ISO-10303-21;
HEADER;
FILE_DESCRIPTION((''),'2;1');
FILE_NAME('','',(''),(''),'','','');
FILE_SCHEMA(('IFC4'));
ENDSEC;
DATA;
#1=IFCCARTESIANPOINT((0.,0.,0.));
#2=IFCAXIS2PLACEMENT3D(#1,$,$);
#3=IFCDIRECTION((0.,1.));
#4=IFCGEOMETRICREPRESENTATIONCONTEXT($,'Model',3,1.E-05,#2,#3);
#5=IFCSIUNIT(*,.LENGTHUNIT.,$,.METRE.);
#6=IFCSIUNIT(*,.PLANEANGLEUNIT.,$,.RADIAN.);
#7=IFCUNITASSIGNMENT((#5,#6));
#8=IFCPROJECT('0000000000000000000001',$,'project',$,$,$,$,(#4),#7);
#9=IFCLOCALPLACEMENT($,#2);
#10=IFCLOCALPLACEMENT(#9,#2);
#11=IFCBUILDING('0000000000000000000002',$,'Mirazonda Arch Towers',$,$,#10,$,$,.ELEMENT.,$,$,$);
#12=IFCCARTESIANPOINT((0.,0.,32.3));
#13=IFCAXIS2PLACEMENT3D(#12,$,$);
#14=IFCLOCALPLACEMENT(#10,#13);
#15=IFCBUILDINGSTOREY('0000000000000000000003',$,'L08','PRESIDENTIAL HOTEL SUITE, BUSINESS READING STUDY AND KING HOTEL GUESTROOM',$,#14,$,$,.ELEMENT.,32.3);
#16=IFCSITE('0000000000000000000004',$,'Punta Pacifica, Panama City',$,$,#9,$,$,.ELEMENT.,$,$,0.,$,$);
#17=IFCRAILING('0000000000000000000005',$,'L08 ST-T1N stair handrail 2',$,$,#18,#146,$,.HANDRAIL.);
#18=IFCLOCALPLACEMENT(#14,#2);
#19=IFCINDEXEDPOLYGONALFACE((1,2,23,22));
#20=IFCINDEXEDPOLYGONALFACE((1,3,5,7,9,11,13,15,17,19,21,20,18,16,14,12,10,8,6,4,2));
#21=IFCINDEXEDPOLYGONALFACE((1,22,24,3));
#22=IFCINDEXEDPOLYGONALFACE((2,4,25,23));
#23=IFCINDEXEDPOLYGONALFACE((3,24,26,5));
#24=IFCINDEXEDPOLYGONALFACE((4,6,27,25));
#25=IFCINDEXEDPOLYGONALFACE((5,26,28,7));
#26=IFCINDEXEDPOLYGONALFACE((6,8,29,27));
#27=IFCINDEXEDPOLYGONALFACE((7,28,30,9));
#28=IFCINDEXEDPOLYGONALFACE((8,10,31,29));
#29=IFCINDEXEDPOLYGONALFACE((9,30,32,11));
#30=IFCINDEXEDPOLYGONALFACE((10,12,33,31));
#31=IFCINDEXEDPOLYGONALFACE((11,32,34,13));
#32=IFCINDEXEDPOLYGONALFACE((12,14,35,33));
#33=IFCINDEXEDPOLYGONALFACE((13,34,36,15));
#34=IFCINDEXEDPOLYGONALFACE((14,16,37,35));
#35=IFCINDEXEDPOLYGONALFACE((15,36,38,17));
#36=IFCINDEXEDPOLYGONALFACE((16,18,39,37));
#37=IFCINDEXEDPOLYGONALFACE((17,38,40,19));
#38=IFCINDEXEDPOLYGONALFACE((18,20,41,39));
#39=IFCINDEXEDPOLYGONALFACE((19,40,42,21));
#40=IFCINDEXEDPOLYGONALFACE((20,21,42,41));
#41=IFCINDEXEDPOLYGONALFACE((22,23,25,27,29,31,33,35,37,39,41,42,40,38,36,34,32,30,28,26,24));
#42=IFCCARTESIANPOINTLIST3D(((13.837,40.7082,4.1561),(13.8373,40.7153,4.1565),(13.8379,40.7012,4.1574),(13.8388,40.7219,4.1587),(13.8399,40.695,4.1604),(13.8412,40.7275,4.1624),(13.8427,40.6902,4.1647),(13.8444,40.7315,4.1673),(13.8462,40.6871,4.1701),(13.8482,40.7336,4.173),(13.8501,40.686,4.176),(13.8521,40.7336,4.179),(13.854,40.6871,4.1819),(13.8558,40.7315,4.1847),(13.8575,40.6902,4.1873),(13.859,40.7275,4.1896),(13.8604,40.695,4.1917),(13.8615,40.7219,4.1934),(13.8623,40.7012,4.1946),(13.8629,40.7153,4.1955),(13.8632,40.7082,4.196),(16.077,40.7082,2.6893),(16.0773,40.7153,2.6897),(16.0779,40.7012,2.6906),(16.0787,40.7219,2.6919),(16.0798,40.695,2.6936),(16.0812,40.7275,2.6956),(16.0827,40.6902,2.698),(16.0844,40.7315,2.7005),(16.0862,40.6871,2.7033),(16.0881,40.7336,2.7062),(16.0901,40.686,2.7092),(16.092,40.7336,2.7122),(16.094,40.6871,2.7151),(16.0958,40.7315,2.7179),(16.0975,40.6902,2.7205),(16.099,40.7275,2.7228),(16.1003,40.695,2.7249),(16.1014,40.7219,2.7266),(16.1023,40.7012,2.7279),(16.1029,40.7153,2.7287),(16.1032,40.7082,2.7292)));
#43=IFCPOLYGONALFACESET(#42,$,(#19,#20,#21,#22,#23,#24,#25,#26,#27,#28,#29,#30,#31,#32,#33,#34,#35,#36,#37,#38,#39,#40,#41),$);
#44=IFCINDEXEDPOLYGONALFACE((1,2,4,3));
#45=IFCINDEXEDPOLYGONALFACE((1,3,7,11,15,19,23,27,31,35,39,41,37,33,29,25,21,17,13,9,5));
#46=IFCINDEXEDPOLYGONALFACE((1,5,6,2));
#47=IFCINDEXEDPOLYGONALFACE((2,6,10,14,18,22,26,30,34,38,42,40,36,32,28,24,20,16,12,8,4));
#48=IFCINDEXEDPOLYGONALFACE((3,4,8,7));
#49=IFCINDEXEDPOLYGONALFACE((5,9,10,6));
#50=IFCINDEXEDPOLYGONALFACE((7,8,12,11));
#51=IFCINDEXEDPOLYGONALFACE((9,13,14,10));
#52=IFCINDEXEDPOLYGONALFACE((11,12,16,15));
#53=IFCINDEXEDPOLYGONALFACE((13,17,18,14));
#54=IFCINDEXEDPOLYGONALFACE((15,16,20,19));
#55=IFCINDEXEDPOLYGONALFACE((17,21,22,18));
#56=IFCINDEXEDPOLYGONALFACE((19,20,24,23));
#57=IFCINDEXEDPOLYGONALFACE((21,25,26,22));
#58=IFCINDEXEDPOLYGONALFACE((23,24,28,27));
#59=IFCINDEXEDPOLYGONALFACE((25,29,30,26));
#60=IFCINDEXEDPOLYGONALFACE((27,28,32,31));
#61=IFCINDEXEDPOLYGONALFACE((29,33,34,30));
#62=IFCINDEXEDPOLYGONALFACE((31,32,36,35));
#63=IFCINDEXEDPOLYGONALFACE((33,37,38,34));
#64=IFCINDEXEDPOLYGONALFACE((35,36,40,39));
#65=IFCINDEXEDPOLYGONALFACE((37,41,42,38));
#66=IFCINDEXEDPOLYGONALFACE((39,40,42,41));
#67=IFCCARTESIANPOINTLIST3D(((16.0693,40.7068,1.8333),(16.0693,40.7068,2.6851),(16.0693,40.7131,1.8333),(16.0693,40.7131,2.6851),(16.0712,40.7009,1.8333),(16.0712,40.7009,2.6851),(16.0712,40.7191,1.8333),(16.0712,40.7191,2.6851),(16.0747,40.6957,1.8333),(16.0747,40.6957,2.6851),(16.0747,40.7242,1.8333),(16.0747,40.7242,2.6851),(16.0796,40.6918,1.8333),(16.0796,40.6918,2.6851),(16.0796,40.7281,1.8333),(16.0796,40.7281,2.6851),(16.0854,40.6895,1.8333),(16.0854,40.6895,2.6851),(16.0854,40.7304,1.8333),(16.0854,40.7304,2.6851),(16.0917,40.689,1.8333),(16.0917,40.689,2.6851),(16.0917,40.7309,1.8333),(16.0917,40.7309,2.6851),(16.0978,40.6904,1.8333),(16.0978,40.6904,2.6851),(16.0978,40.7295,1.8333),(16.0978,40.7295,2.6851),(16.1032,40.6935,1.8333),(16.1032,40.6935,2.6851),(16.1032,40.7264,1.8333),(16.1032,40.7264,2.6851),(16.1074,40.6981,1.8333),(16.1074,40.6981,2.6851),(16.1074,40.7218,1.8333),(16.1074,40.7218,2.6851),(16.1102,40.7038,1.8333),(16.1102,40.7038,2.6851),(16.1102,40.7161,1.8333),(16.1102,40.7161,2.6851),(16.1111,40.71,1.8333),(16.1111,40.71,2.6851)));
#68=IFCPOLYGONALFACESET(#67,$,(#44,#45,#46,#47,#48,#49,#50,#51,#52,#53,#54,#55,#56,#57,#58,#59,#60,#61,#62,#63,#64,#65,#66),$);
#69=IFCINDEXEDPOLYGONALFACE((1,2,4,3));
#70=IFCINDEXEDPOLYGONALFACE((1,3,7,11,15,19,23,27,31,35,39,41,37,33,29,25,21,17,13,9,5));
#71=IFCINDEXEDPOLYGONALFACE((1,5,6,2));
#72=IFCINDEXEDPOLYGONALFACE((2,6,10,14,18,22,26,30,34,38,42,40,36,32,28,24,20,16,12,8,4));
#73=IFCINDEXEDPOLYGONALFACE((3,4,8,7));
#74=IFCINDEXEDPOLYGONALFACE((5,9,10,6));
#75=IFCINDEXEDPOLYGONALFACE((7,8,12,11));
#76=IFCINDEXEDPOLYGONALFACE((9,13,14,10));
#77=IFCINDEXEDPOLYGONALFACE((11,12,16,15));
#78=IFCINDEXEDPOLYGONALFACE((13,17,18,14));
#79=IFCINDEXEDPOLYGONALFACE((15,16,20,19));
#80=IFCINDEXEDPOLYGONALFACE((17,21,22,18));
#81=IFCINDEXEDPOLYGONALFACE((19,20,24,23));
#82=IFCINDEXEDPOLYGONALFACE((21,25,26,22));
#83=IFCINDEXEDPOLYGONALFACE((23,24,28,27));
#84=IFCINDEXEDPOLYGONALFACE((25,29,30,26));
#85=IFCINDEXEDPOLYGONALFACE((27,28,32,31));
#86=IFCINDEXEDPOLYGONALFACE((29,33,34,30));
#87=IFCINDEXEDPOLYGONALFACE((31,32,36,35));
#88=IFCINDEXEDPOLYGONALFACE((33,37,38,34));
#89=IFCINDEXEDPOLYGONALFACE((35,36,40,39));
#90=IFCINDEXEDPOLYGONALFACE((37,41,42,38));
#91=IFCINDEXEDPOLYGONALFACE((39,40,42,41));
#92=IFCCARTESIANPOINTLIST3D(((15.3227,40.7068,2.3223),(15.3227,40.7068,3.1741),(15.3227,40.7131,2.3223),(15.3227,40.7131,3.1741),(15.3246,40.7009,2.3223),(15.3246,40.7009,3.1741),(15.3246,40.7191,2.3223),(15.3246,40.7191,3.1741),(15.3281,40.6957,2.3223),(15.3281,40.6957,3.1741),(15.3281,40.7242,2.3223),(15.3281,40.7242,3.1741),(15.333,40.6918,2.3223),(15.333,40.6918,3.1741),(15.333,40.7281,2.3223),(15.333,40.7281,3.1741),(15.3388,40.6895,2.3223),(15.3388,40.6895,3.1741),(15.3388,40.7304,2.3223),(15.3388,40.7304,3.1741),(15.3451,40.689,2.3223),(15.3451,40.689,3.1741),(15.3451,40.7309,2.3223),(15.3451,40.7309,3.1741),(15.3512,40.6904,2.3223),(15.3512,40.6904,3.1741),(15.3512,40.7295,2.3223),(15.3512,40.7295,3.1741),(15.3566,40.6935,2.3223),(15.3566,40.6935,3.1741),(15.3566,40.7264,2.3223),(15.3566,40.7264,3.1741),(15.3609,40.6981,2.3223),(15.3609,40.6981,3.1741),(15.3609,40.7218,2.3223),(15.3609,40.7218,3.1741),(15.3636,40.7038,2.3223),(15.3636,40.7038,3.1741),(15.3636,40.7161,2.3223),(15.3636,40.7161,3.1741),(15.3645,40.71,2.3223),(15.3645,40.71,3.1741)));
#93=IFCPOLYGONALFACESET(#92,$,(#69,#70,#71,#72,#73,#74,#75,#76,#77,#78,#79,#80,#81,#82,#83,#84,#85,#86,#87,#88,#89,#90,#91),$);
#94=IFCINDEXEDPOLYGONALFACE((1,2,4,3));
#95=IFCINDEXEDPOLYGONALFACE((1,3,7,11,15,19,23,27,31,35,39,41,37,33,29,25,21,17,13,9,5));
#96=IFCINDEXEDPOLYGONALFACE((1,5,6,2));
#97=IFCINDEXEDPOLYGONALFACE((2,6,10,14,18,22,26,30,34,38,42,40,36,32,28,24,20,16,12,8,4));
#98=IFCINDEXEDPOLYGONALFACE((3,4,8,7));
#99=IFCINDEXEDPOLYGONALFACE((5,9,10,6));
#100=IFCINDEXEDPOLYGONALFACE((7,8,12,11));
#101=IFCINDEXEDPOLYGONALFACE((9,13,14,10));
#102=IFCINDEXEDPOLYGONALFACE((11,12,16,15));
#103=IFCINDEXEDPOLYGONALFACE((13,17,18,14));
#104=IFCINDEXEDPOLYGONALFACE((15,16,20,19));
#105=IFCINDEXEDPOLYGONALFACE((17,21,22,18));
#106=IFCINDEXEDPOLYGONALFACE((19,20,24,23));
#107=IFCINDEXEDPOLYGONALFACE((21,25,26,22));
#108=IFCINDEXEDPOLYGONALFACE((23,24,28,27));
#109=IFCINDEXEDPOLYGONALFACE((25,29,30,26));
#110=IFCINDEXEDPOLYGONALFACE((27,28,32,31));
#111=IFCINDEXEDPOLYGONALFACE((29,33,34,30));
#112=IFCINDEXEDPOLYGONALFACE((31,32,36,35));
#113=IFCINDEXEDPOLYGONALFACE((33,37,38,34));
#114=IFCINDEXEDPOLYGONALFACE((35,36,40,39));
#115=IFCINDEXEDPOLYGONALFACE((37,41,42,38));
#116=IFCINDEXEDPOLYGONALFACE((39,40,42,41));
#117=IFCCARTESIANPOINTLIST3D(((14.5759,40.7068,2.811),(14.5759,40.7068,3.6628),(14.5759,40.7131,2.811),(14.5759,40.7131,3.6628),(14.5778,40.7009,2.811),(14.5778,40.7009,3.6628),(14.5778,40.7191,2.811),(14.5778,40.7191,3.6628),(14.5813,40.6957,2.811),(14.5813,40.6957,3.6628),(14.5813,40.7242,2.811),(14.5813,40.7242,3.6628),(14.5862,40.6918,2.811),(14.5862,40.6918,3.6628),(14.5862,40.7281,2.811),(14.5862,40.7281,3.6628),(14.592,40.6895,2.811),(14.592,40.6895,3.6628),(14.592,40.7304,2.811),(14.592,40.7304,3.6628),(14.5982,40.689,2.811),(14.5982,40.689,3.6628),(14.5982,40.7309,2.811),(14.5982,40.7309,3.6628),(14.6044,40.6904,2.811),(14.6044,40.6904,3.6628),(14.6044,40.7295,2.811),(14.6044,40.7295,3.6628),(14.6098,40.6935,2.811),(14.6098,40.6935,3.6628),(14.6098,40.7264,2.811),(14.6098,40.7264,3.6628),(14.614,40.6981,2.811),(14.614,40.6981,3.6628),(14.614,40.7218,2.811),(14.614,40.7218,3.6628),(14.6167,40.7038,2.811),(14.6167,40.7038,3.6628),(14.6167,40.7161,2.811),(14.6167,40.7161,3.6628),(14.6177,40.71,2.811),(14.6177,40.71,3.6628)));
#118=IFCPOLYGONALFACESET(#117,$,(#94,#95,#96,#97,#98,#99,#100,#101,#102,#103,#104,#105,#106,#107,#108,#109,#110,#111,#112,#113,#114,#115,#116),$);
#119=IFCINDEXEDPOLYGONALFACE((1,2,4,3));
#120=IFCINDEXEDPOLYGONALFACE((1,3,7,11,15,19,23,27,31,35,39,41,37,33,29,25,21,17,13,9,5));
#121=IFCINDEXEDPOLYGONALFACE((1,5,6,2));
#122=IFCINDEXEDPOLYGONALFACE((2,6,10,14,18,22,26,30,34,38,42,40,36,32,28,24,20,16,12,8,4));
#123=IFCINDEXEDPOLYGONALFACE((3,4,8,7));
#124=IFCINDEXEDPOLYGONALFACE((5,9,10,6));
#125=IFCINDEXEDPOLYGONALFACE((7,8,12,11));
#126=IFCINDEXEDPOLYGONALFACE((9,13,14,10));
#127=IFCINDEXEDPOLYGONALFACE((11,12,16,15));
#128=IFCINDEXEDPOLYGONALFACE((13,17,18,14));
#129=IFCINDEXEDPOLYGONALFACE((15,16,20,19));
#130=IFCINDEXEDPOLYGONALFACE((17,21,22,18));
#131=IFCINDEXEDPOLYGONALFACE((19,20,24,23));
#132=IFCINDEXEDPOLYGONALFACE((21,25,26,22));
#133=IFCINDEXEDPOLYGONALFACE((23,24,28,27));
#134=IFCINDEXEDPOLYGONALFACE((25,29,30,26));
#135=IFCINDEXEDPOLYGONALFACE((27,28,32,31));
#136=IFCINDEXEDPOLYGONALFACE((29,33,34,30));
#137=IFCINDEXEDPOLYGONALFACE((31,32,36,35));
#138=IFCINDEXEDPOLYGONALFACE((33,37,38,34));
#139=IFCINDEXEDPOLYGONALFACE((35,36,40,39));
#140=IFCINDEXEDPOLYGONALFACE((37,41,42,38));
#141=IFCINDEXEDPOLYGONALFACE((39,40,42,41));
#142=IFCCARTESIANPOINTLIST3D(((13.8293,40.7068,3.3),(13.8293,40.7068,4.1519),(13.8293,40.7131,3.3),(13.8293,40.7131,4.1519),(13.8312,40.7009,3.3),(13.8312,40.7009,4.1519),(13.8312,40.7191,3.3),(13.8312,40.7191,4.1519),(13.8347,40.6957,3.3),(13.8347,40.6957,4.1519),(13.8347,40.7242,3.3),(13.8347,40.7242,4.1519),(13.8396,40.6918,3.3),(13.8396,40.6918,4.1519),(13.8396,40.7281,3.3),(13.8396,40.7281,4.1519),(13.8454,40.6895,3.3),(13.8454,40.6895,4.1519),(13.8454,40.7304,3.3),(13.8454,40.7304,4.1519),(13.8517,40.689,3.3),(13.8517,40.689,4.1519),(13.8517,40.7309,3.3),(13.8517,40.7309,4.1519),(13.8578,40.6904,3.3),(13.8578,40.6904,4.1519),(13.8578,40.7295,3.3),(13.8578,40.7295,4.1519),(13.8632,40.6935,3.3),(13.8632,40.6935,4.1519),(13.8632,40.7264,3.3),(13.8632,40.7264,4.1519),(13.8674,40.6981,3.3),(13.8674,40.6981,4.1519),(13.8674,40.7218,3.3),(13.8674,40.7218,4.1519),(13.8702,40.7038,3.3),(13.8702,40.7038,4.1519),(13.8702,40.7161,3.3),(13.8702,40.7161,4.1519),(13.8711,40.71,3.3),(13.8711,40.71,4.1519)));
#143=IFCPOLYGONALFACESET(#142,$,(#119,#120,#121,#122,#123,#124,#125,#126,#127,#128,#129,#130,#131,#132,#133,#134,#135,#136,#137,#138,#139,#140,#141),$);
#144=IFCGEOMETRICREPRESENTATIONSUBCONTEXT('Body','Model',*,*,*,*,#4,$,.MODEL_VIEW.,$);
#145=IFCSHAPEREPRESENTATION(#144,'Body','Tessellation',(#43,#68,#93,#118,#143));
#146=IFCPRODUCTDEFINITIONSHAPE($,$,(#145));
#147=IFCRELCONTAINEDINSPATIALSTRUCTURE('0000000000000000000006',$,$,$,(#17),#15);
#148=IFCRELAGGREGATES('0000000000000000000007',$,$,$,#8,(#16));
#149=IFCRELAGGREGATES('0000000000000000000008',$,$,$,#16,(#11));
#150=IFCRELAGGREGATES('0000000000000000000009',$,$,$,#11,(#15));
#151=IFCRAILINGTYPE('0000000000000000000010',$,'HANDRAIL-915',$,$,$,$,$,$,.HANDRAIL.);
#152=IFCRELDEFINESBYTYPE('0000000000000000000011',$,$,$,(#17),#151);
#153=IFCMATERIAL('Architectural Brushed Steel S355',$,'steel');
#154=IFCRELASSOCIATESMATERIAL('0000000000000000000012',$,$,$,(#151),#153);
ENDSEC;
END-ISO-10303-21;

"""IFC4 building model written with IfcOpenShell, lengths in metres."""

from ifc_helpers import new_model, si_unit, direction, frame, origin, origin_2d, place, context, subcontext, project, spatial, circle, extrude, material, type_object, element, save


model = new_model("IFC4")

# Units and contexts
model_context = context("Model", 3, precision=1e-05, world=origin(), true_north=direction((0.0, 1.0)))
body_context = subcontext(model_context, "Body", "Model", "MODEL_VIEW")
ifc_project = project(units=[si_unit("LENGTHUNIT", "METRE"), si_unit("PLANEANGLEUNIT", "RADIAN")], contexts=[model_context])

# Site, building, storey
site_placement = place(None, origin())
site = spatial("IfcSite", under=ifc_project, at=site_placement, Name="Punta Pacifica, Panama City", CompositionType="ELEMENT", RefElevation=0.0)
building_placement = place(site_placement, origin())
building = spatial("IfcBuilding", under=site, at=building_placement, Name="Mirazonda Arch Towers", CompositionType="ELEMENT")
storey_placement = place(building_placement, frame((0.0, 0.0, 32.3)))
storey = spatial("IfcBuildingStorey", under=building, at=storey_placement, Name="L08", Description="PRESIDENTIAL HOTEL SUITE, BUSINESS READING STUDY AND KING HOTEL GUESTROOM", CompositionType="ELEMENT", Elevation=32.3)

# Shared definitions
ifc_material_1 = material(Name="Architectural Brushed Steel S355", Category="steel")

# Railing
railing_type_1 = type_object("IfcRailingType", Name="HANDRAIL-915", PredefinedType="HANDRAIL", material=ifc_material_1)
railing_1_placement = place(storey_placement, frame((16.0901, 40.71, 1.8333)))
element("IfcRailing", 1, at=railing_1_placement, inside=storey, type_object=railing_type_1, Name="L08 ST-T1N stair handrail 2", PredefinedType="HANDRAIL", context=body_context, shape_type="SweptSolid", body=[
    extrude(circle(Radius=0.0239, at=origin_2d()), frame((0.0, 0.0, 0.876), z_axis=(-0.836595, 0.0, 0.547822), x_axis=(0.0, -1.0, 0.0)), (0.0, 0.0, 1.0), 2.6775),
    extrude(circle(Radius=0.021, at=origin_2d()), origin(), (0.0, 0.0, 1.0), 0.8518),
    extrude(circle(Radius=0.021, at=origin_2d()), frame((-0.7466, 0.0, 0.489)), (0.0, 0.0, 1.0), 0.8518),
    extrude(circle(Radius=0.021, at=origin_2d()), frame((-1.4934, 0.0, 0.9778)), (0.0, 0.0, 1.0), 0.8518),
    extrude(circle(Radius=0.021, at=origin_2d()), frame((-2.24, 0.0, 1.4668)), (0.0, 0.0, 1.0), 0.8518),
])

save(model, "model.ifc")
